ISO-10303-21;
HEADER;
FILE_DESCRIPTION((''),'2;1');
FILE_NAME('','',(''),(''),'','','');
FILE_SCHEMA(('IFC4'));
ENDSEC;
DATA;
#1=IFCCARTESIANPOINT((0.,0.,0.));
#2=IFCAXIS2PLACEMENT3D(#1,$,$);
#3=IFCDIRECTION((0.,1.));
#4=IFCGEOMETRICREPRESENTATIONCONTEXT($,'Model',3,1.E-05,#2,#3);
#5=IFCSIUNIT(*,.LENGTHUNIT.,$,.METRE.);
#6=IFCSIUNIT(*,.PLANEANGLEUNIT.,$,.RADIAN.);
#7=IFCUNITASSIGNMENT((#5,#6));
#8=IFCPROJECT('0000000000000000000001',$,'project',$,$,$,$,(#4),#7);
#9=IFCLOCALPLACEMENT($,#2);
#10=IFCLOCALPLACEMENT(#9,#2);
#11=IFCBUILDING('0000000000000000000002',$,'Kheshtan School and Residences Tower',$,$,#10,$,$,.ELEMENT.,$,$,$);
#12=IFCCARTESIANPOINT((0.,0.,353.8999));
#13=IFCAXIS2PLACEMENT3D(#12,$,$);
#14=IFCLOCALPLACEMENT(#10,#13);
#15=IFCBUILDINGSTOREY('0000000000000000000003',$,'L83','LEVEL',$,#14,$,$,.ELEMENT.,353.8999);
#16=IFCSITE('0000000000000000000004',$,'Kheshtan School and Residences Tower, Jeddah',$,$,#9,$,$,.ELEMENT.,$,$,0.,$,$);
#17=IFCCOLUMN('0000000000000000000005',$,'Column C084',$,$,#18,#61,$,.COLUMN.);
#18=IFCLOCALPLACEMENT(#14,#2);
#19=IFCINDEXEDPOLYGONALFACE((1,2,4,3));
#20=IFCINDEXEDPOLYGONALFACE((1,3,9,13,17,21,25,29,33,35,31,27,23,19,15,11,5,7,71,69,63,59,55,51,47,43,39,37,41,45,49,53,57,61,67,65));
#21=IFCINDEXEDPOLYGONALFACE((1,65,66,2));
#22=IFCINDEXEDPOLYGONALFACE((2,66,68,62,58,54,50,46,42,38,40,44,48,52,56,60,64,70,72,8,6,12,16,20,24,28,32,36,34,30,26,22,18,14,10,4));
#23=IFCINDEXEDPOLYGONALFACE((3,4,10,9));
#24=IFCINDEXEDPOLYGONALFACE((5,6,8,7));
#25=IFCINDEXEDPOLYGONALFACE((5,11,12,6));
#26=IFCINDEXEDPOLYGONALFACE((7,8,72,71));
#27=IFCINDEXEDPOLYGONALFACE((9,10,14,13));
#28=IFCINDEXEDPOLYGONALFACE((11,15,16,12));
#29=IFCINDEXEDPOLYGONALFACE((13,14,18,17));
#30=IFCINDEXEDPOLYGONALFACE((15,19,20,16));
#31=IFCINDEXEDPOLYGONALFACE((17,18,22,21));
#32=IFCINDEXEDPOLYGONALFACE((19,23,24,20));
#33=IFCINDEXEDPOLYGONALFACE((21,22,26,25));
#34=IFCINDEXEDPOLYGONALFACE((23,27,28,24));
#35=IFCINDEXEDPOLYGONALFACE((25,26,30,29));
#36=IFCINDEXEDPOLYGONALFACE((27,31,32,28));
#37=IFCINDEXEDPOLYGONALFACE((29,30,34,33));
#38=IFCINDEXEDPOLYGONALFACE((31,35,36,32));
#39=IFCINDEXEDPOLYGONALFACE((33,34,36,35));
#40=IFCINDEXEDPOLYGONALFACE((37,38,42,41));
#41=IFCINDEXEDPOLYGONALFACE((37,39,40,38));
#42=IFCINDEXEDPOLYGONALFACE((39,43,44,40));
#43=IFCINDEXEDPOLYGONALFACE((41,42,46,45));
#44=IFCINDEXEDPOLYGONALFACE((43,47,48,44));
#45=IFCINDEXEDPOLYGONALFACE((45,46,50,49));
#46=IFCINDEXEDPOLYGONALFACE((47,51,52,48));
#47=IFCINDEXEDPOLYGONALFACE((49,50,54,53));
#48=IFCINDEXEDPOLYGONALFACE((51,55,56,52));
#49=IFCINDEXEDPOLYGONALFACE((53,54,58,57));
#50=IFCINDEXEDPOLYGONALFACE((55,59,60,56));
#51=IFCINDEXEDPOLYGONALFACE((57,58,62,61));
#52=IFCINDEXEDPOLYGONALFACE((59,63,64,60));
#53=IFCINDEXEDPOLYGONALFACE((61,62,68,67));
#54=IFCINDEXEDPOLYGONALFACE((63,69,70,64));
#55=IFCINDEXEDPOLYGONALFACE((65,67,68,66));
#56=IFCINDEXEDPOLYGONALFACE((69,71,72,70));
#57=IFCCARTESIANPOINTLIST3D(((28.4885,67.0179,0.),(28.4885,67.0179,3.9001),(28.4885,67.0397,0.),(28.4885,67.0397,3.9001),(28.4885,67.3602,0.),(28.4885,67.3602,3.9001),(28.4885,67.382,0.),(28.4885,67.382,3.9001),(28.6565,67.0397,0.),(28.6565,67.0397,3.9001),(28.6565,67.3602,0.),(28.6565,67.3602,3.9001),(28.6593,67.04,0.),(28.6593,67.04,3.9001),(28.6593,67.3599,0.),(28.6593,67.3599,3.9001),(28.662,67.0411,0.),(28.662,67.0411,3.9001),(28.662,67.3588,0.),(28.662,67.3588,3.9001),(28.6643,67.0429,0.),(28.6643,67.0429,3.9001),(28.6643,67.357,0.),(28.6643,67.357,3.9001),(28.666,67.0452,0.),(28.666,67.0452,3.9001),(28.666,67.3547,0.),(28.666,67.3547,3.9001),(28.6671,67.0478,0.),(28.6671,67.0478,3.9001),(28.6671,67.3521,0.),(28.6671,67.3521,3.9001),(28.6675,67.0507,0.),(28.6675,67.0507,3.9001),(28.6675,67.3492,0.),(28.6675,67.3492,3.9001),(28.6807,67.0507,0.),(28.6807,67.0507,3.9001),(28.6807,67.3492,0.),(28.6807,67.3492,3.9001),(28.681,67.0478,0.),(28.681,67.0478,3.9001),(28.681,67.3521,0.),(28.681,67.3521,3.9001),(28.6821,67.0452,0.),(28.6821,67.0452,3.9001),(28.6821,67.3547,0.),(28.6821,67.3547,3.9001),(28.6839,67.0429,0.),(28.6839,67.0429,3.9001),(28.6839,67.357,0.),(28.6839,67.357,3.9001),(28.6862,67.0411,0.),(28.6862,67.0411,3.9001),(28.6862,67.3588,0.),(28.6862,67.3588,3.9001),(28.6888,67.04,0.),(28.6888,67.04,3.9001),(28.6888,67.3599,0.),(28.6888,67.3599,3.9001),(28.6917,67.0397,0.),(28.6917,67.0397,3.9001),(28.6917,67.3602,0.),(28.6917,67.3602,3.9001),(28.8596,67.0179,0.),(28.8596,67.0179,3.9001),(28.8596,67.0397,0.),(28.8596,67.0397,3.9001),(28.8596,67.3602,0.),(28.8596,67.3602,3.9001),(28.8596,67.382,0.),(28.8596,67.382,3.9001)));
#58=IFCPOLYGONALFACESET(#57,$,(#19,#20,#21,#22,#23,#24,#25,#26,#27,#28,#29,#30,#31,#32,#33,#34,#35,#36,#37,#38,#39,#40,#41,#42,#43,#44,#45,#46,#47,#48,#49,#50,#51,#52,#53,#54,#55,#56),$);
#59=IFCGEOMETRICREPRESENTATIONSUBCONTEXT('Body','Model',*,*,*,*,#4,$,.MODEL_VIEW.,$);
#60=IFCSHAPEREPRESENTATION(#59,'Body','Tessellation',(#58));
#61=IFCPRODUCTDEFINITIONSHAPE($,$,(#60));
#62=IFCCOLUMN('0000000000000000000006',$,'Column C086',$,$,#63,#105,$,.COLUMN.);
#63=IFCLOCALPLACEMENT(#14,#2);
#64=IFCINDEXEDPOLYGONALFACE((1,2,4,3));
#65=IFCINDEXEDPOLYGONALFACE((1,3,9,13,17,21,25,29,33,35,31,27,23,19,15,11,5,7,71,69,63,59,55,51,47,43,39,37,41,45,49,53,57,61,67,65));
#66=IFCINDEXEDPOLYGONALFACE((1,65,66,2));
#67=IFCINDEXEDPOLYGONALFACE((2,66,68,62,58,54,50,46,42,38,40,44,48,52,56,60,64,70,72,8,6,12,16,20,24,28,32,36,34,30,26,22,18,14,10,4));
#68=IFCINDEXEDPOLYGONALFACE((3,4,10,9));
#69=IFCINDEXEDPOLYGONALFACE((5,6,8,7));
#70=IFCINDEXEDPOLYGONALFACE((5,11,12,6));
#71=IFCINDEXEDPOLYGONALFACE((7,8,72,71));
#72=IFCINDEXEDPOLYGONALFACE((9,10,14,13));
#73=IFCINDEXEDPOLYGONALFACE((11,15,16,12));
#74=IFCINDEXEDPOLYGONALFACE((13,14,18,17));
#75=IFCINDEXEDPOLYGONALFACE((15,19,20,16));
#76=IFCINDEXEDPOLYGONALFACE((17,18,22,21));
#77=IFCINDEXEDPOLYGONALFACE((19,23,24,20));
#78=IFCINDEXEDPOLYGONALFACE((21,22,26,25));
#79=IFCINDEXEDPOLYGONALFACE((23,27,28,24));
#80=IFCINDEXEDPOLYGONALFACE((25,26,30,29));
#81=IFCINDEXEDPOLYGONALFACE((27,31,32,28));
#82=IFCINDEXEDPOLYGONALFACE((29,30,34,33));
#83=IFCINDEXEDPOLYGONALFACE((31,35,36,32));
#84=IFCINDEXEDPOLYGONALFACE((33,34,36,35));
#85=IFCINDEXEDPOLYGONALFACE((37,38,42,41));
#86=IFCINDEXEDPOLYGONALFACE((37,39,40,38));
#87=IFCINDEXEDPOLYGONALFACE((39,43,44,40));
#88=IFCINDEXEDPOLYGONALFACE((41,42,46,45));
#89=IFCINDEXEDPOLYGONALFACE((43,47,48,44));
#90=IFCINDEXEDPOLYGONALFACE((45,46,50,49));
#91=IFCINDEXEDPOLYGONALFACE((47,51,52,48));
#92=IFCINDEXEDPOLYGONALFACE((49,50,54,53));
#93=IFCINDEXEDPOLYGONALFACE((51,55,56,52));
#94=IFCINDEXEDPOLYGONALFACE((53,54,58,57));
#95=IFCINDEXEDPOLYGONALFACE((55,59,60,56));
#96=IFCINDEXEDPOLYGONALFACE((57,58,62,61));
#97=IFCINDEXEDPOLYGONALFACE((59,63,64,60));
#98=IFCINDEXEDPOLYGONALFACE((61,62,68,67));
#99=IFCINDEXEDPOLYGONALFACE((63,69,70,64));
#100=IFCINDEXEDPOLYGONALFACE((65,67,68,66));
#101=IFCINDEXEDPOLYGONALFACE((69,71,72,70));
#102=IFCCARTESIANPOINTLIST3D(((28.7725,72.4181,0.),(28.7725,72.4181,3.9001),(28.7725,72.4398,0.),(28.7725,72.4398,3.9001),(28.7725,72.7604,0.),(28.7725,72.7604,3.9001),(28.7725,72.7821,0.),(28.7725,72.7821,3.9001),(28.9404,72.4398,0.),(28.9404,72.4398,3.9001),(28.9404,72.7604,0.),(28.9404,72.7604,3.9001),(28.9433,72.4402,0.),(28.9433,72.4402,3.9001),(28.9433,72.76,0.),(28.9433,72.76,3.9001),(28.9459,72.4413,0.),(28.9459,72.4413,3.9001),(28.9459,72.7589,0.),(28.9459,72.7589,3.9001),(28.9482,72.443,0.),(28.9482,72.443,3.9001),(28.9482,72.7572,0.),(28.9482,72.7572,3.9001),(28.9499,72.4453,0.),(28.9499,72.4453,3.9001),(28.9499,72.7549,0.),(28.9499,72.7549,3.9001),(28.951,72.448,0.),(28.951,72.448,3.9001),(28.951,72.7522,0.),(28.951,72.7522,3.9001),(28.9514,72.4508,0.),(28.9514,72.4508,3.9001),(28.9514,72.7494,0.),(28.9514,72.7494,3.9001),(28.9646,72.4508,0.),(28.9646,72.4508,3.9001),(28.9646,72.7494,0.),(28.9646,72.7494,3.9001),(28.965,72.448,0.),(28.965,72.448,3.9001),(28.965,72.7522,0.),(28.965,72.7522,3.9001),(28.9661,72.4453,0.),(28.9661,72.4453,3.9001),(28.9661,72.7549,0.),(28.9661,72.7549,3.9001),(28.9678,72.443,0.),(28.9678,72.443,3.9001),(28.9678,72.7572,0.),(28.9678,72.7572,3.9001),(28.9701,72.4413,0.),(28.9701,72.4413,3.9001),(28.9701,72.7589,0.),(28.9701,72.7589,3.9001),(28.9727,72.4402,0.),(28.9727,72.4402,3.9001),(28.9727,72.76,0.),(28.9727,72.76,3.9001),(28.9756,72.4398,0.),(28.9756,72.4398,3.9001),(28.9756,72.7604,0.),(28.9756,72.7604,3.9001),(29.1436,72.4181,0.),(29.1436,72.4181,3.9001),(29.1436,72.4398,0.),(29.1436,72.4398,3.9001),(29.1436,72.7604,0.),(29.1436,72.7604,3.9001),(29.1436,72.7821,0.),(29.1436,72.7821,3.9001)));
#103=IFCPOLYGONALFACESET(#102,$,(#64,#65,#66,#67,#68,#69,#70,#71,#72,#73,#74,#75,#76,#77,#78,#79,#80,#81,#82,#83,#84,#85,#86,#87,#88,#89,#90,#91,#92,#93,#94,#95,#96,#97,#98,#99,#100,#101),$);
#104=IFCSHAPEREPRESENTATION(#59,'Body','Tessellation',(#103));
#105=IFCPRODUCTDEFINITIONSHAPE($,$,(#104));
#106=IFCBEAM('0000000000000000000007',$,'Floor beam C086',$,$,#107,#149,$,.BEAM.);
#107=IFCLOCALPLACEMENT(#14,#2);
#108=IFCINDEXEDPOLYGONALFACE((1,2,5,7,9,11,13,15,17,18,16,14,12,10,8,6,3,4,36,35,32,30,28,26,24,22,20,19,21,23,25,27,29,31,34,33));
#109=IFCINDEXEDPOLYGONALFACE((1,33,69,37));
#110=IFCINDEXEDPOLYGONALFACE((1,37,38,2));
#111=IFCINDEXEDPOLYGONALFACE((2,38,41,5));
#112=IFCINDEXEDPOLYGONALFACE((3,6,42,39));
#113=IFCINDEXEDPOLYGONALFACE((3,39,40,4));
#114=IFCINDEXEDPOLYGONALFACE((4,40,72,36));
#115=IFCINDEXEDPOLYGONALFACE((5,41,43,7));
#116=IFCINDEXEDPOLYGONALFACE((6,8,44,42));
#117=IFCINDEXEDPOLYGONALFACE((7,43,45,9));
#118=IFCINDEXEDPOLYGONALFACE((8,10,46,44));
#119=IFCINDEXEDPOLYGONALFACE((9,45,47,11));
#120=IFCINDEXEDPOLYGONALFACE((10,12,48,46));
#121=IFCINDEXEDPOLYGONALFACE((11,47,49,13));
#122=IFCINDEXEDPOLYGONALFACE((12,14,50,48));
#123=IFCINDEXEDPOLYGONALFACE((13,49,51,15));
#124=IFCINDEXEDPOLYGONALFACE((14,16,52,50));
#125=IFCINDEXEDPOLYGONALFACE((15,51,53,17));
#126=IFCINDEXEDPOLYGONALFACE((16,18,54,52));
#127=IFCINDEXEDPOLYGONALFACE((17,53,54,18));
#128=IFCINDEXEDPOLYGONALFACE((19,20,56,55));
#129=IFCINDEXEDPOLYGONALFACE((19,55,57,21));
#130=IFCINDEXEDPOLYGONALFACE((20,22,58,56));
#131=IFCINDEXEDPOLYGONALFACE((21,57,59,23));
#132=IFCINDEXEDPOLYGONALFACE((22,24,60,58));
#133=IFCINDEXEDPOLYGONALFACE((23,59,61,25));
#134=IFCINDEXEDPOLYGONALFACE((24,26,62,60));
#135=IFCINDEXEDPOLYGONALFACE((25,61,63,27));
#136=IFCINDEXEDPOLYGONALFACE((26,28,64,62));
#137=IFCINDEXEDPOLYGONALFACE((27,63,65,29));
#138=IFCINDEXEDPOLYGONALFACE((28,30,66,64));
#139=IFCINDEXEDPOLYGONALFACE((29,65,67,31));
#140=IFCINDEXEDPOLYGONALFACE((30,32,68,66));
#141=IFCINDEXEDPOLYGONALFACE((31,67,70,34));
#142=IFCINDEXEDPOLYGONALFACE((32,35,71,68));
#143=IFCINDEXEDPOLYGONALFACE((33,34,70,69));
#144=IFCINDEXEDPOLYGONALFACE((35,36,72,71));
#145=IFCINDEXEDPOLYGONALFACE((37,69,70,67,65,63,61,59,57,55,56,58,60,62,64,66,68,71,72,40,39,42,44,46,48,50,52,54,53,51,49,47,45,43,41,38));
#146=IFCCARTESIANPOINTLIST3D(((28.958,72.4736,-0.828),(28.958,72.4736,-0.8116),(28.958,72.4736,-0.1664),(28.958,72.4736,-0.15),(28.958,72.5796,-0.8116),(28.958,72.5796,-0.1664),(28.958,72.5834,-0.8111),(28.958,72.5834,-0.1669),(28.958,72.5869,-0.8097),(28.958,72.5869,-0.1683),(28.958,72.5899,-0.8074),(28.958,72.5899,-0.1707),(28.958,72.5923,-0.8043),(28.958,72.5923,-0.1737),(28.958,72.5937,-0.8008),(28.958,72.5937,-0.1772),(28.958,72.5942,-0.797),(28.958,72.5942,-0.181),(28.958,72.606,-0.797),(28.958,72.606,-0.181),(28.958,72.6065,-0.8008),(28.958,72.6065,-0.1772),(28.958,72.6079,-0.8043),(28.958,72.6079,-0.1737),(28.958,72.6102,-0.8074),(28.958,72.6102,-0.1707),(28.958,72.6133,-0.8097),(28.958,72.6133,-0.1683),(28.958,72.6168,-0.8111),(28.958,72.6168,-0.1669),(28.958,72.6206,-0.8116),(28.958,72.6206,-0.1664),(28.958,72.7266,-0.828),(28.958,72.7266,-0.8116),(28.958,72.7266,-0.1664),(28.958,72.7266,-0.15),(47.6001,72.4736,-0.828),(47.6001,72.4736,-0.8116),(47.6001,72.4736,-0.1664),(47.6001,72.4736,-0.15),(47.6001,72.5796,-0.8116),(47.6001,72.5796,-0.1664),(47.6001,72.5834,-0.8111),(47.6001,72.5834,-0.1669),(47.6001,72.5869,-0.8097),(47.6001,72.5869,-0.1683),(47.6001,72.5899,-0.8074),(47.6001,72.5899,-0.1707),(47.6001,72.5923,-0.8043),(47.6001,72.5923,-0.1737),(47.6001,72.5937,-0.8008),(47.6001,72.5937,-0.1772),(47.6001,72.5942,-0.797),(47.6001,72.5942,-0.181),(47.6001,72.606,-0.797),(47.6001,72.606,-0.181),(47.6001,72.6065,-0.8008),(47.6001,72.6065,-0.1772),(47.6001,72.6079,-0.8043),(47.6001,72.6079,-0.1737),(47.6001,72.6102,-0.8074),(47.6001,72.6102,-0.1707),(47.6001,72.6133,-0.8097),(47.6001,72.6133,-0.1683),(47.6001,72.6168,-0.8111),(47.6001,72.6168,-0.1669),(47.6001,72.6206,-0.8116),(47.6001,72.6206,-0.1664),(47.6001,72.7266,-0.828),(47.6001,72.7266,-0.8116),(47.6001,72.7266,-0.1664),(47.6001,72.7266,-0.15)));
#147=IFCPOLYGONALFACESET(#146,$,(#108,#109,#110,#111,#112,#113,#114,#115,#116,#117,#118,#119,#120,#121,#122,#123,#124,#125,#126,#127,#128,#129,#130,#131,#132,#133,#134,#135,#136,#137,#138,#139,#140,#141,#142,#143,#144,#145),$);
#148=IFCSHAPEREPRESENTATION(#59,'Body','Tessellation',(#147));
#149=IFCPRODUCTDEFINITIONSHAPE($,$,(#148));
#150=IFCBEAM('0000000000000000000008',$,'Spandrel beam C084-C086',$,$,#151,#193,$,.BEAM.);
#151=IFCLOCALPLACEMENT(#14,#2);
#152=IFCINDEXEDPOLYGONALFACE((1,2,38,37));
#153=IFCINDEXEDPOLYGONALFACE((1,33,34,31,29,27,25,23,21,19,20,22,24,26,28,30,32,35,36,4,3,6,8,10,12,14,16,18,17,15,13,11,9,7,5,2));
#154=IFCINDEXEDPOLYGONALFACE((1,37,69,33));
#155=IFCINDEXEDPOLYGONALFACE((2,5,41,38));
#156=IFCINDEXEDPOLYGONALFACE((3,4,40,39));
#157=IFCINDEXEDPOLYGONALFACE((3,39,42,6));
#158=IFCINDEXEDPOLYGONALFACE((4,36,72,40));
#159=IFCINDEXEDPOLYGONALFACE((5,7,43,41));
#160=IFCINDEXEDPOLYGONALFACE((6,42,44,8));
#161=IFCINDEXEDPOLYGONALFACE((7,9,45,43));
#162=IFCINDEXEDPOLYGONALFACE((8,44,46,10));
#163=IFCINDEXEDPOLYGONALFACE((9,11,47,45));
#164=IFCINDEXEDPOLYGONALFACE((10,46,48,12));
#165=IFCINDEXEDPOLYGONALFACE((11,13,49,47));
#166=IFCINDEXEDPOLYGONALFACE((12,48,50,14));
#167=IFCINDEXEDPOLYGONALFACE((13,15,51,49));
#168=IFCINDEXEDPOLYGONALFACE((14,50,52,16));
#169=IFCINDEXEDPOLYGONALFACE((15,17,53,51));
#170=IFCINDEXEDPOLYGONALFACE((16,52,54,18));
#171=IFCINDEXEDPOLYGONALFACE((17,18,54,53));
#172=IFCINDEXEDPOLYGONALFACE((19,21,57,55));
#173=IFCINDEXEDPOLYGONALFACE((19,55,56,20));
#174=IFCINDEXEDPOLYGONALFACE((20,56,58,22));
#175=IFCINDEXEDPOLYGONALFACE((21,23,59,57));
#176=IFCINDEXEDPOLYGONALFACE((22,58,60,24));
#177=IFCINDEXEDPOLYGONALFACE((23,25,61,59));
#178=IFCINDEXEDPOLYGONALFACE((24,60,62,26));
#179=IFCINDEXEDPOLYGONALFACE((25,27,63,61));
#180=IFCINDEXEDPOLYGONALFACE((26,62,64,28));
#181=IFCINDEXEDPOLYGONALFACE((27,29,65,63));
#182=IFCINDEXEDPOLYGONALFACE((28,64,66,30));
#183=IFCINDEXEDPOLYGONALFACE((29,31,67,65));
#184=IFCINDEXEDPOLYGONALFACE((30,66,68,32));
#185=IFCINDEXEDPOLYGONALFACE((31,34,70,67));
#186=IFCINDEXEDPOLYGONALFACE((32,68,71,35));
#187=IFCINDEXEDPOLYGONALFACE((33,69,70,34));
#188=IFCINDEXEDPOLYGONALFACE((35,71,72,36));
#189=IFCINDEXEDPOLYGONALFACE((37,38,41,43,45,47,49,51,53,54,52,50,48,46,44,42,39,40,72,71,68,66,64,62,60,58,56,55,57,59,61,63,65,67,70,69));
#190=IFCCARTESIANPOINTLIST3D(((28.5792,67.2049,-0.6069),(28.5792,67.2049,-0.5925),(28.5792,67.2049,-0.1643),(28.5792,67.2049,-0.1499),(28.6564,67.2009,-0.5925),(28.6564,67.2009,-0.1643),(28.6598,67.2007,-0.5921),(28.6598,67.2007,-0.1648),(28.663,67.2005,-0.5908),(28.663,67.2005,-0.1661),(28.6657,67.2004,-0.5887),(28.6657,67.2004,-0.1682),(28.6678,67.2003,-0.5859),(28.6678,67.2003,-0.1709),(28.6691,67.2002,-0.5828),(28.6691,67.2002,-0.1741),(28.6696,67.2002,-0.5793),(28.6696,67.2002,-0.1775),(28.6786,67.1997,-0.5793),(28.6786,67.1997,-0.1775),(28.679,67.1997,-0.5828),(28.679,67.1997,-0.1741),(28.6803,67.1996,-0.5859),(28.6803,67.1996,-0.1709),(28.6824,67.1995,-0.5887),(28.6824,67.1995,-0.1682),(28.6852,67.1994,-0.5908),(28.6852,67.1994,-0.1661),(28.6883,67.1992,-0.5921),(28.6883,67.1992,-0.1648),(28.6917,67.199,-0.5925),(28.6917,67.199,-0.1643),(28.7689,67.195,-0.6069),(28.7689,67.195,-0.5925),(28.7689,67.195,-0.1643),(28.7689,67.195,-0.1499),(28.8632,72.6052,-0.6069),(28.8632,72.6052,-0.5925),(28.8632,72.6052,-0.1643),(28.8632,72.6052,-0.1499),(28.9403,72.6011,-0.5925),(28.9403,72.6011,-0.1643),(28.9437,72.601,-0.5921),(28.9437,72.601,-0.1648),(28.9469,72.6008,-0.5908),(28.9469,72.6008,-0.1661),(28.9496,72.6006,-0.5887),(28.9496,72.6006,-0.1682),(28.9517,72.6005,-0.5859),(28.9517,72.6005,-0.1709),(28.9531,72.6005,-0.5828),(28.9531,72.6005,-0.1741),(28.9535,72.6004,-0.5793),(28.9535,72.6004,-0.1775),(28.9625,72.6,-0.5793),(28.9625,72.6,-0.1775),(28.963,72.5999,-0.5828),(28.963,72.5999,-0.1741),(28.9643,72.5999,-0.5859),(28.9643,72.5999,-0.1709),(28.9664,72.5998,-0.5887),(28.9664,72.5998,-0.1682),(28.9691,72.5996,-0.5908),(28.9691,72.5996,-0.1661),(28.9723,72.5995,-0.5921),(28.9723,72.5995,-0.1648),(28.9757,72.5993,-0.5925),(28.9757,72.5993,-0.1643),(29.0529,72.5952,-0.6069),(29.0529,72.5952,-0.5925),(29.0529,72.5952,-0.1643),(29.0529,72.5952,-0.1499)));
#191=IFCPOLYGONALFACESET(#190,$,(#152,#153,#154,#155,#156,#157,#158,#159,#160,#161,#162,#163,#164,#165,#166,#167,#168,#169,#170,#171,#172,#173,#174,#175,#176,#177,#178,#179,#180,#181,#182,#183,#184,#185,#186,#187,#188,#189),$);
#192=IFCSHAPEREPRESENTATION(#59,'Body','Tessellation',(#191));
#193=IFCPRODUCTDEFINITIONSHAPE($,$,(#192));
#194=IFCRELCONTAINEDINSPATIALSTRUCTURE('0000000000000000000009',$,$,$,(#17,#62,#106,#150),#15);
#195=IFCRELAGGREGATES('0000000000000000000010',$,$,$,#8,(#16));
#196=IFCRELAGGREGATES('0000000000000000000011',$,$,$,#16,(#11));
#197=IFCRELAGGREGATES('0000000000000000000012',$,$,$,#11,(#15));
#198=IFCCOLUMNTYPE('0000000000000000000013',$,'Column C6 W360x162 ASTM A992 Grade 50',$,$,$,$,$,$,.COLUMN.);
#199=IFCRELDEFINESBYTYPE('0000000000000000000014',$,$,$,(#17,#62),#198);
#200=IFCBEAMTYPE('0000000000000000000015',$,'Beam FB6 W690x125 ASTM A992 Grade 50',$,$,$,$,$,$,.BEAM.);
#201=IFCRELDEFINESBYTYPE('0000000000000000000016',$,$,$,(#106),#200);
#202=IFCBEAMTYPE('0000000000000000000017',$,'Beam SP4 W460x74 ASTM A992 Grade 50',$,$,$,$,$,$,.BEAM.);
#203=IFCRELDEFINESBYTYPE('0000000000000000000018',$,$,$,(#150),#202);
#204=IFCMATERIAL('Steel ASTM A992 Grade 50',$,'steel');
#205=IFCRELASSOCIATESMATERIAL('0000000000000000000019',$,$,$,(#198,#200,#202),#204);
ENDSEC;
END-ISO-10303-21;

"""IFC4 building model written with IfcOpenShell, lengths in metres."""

from ifc_helpers import new_model, si_unit, direction, frame, origin, origin_2d, place, context, subcontext, project, spatial, i_section, extrude, material, material_profile, profile_set, type_object, element, save


model = new_model("IFC4")

# Units and contexts
model_context = context("Model", 3, precision=1e-05, world=origin(), true_north=direction((0.0, 1.0)))
body_context = subcontext(model_context, "Body", "Model", "MODEL_VIEW")
ifc_project = project(units=[si_unit("LENGTHUNIT", "METRE"), si_unit("PLANEANGLEUNIT", "RADIAN")], contexts=[model_context])

# Site, building, storey
site_placement = place(None, origin())
site = spatial("IfcSite", under=ifc_project, at=site_placement, Name="Kheshtan School and Residences Tower, Jeddah", CompositionType="ELEMENT", RefElevation=0.0)
building_placement = place(site_placement, origin())
building = spatial("IfcBuilding", under=site, at=building_placement, Name="Kheshtan School and Residences Tower", CompositionType="ELEMENT")
storey_placement = place(building_placement, frame((0.0, 0.0, 353.8999)))
storey = spatial("IfcBuildingStorey", under=building, at=storey_placement, Name="L83", Description="LEVEL", CompositionType="ELEMENT", Elevation=353.8999)

# Columns
ifc_material_1 = material(Name="Steel ASTM A992 Grade 50", Category="steel")
ifc_material_profile_1 = material_profile(ifc_material_1, i_section(OverallWidth=0.3711, OverallDepth=0.364, WebThickness=0.0132, FlangeThickness=0.0217, FilletRadius=0.011, at=origin_2d()), Name="W360x162")
ifc_profile_set_1 = profile_set([ifc_material_profile_1], Name="Steel ASTM A992 Grade 50")
column_type = type_object("IfcColumnType", Name="Column C6 W360x162 ASTM A992 Grade 50", PredefinedType="COLUMN", material=ifc_profile_set_1)
for number, where, z_axis, x_axis, name in (
    (1, (28.6741, 67.2, 0.0), (0.0, 0.0, 1.0), (1.0, 0.0, 0.0), "Column C084"),
    (2, (28.958, 72.6001, 0.0), (0.0, 0.0, 1.0), (1.0, 0.0, 0.0), "Column C086"),
):
    element("IfcColumn", number, at=place(storey_placement, frame(where, z_axis=z_axis, x_axis=x_axis)), inside=storey, type_object=column_type, Name=name, PredefinedType="COLUMN", context=body_context, shape_type="SweptSolid", body=[
        extrude(i_section(OverallWidth=0.3711, OverallDepth=0.364, WebThickness=0.0132, FlangeThickness=0.0217, FilletRadius=0.011, at=origin_2d()), origin(), (0.0, 0.0, 1.0), 3.9001),
    ])

# Beams
ifc_material_profile_2 = material_profile(ifc_material_1, i_section(OverallWidth=0.2529, OverallDepth=0.678, WebThickness=0.0117, FlangeThickness=0.0164, FilletRadius=0.0146, at=origin_2d()), Name="W690x125")
ifc_profile_set_2 = profile_set([ifc_material_profile_2], Name="Steel ASTM A992 Grade 50")
beam_type_1 = type_object("IfcBeamType", Name="Beam FB6 W690x125 ASTM A992 Grade 50", PredefinedType="BEAM", material=ifc_profile_set_2)
beam_1_placement = place(storey_placement, frame((28.958, 72.6001, -0.489), z_axis=(1.0, 0.0, 0.0), x_axis=(0.0, 1.0, 0.0)))
element("IfcBeam", 3, at=beam_1_placement, inside=storey, type_object=beam_type_1, Name="Floor beam C086", PredefinedType="BEAM", context=body_context, shape_type="SweptSolid", body=[
    extrude(i_section(OverallWidth=0.2529, OverallDepth=0.678, WebThickness=0.0117, FlangeThickness=0.0164, FilletRadius=0.0146, at=origin_2d()), origin(), (0.0, 0.0, 1.0), 18.6421),
])
ifc_material_profile_3 = material_profile(ifc_material_1, i_section(OverallWidth=0.1899, OverallDepth=0.457, WebThickness=0.009, FlangeThickness=0.0144, FilletRadius=0.0132, at=origin_2d()), Name="W460x74")
ifc_profile_set_3 = profile_set([ifc_material_profile_3], Name="Steel ASTM A992 Grade 50")
beam_type_2 = type_object("IfcBeamType", Name="Beam SP4 W460x74 ASTM A992 Grade 50", PredefinedType="BEAM", material=ifc_profile_set_3)
beam_2_placement = place(storey_placement, frame((28.6741, 67.2, -0.3784), z_axis=(0.052507, 0.998621, 0.0), x_axis=(-0.998621, 0.052507, 0.0)))
element("IfcBeam", 4, at=beam_2_placement, inside=storey, type_object=beam_type_2, Name="Spandrel beam C084-C086", PredefinedType="BEAM", context=body_context, shape_type="SweptSolid", body=[
    extrude(i_section(OverallWidth=0.1899, OverallDepth=0.457, WebThickness=0.009, FlangeThickness=0.0144, FilletRadius=0.0132, at=origin_2d()), origin(), (0.0, 0.0, 1.0), 5.4077),
])

save(model, "model.ifc")
